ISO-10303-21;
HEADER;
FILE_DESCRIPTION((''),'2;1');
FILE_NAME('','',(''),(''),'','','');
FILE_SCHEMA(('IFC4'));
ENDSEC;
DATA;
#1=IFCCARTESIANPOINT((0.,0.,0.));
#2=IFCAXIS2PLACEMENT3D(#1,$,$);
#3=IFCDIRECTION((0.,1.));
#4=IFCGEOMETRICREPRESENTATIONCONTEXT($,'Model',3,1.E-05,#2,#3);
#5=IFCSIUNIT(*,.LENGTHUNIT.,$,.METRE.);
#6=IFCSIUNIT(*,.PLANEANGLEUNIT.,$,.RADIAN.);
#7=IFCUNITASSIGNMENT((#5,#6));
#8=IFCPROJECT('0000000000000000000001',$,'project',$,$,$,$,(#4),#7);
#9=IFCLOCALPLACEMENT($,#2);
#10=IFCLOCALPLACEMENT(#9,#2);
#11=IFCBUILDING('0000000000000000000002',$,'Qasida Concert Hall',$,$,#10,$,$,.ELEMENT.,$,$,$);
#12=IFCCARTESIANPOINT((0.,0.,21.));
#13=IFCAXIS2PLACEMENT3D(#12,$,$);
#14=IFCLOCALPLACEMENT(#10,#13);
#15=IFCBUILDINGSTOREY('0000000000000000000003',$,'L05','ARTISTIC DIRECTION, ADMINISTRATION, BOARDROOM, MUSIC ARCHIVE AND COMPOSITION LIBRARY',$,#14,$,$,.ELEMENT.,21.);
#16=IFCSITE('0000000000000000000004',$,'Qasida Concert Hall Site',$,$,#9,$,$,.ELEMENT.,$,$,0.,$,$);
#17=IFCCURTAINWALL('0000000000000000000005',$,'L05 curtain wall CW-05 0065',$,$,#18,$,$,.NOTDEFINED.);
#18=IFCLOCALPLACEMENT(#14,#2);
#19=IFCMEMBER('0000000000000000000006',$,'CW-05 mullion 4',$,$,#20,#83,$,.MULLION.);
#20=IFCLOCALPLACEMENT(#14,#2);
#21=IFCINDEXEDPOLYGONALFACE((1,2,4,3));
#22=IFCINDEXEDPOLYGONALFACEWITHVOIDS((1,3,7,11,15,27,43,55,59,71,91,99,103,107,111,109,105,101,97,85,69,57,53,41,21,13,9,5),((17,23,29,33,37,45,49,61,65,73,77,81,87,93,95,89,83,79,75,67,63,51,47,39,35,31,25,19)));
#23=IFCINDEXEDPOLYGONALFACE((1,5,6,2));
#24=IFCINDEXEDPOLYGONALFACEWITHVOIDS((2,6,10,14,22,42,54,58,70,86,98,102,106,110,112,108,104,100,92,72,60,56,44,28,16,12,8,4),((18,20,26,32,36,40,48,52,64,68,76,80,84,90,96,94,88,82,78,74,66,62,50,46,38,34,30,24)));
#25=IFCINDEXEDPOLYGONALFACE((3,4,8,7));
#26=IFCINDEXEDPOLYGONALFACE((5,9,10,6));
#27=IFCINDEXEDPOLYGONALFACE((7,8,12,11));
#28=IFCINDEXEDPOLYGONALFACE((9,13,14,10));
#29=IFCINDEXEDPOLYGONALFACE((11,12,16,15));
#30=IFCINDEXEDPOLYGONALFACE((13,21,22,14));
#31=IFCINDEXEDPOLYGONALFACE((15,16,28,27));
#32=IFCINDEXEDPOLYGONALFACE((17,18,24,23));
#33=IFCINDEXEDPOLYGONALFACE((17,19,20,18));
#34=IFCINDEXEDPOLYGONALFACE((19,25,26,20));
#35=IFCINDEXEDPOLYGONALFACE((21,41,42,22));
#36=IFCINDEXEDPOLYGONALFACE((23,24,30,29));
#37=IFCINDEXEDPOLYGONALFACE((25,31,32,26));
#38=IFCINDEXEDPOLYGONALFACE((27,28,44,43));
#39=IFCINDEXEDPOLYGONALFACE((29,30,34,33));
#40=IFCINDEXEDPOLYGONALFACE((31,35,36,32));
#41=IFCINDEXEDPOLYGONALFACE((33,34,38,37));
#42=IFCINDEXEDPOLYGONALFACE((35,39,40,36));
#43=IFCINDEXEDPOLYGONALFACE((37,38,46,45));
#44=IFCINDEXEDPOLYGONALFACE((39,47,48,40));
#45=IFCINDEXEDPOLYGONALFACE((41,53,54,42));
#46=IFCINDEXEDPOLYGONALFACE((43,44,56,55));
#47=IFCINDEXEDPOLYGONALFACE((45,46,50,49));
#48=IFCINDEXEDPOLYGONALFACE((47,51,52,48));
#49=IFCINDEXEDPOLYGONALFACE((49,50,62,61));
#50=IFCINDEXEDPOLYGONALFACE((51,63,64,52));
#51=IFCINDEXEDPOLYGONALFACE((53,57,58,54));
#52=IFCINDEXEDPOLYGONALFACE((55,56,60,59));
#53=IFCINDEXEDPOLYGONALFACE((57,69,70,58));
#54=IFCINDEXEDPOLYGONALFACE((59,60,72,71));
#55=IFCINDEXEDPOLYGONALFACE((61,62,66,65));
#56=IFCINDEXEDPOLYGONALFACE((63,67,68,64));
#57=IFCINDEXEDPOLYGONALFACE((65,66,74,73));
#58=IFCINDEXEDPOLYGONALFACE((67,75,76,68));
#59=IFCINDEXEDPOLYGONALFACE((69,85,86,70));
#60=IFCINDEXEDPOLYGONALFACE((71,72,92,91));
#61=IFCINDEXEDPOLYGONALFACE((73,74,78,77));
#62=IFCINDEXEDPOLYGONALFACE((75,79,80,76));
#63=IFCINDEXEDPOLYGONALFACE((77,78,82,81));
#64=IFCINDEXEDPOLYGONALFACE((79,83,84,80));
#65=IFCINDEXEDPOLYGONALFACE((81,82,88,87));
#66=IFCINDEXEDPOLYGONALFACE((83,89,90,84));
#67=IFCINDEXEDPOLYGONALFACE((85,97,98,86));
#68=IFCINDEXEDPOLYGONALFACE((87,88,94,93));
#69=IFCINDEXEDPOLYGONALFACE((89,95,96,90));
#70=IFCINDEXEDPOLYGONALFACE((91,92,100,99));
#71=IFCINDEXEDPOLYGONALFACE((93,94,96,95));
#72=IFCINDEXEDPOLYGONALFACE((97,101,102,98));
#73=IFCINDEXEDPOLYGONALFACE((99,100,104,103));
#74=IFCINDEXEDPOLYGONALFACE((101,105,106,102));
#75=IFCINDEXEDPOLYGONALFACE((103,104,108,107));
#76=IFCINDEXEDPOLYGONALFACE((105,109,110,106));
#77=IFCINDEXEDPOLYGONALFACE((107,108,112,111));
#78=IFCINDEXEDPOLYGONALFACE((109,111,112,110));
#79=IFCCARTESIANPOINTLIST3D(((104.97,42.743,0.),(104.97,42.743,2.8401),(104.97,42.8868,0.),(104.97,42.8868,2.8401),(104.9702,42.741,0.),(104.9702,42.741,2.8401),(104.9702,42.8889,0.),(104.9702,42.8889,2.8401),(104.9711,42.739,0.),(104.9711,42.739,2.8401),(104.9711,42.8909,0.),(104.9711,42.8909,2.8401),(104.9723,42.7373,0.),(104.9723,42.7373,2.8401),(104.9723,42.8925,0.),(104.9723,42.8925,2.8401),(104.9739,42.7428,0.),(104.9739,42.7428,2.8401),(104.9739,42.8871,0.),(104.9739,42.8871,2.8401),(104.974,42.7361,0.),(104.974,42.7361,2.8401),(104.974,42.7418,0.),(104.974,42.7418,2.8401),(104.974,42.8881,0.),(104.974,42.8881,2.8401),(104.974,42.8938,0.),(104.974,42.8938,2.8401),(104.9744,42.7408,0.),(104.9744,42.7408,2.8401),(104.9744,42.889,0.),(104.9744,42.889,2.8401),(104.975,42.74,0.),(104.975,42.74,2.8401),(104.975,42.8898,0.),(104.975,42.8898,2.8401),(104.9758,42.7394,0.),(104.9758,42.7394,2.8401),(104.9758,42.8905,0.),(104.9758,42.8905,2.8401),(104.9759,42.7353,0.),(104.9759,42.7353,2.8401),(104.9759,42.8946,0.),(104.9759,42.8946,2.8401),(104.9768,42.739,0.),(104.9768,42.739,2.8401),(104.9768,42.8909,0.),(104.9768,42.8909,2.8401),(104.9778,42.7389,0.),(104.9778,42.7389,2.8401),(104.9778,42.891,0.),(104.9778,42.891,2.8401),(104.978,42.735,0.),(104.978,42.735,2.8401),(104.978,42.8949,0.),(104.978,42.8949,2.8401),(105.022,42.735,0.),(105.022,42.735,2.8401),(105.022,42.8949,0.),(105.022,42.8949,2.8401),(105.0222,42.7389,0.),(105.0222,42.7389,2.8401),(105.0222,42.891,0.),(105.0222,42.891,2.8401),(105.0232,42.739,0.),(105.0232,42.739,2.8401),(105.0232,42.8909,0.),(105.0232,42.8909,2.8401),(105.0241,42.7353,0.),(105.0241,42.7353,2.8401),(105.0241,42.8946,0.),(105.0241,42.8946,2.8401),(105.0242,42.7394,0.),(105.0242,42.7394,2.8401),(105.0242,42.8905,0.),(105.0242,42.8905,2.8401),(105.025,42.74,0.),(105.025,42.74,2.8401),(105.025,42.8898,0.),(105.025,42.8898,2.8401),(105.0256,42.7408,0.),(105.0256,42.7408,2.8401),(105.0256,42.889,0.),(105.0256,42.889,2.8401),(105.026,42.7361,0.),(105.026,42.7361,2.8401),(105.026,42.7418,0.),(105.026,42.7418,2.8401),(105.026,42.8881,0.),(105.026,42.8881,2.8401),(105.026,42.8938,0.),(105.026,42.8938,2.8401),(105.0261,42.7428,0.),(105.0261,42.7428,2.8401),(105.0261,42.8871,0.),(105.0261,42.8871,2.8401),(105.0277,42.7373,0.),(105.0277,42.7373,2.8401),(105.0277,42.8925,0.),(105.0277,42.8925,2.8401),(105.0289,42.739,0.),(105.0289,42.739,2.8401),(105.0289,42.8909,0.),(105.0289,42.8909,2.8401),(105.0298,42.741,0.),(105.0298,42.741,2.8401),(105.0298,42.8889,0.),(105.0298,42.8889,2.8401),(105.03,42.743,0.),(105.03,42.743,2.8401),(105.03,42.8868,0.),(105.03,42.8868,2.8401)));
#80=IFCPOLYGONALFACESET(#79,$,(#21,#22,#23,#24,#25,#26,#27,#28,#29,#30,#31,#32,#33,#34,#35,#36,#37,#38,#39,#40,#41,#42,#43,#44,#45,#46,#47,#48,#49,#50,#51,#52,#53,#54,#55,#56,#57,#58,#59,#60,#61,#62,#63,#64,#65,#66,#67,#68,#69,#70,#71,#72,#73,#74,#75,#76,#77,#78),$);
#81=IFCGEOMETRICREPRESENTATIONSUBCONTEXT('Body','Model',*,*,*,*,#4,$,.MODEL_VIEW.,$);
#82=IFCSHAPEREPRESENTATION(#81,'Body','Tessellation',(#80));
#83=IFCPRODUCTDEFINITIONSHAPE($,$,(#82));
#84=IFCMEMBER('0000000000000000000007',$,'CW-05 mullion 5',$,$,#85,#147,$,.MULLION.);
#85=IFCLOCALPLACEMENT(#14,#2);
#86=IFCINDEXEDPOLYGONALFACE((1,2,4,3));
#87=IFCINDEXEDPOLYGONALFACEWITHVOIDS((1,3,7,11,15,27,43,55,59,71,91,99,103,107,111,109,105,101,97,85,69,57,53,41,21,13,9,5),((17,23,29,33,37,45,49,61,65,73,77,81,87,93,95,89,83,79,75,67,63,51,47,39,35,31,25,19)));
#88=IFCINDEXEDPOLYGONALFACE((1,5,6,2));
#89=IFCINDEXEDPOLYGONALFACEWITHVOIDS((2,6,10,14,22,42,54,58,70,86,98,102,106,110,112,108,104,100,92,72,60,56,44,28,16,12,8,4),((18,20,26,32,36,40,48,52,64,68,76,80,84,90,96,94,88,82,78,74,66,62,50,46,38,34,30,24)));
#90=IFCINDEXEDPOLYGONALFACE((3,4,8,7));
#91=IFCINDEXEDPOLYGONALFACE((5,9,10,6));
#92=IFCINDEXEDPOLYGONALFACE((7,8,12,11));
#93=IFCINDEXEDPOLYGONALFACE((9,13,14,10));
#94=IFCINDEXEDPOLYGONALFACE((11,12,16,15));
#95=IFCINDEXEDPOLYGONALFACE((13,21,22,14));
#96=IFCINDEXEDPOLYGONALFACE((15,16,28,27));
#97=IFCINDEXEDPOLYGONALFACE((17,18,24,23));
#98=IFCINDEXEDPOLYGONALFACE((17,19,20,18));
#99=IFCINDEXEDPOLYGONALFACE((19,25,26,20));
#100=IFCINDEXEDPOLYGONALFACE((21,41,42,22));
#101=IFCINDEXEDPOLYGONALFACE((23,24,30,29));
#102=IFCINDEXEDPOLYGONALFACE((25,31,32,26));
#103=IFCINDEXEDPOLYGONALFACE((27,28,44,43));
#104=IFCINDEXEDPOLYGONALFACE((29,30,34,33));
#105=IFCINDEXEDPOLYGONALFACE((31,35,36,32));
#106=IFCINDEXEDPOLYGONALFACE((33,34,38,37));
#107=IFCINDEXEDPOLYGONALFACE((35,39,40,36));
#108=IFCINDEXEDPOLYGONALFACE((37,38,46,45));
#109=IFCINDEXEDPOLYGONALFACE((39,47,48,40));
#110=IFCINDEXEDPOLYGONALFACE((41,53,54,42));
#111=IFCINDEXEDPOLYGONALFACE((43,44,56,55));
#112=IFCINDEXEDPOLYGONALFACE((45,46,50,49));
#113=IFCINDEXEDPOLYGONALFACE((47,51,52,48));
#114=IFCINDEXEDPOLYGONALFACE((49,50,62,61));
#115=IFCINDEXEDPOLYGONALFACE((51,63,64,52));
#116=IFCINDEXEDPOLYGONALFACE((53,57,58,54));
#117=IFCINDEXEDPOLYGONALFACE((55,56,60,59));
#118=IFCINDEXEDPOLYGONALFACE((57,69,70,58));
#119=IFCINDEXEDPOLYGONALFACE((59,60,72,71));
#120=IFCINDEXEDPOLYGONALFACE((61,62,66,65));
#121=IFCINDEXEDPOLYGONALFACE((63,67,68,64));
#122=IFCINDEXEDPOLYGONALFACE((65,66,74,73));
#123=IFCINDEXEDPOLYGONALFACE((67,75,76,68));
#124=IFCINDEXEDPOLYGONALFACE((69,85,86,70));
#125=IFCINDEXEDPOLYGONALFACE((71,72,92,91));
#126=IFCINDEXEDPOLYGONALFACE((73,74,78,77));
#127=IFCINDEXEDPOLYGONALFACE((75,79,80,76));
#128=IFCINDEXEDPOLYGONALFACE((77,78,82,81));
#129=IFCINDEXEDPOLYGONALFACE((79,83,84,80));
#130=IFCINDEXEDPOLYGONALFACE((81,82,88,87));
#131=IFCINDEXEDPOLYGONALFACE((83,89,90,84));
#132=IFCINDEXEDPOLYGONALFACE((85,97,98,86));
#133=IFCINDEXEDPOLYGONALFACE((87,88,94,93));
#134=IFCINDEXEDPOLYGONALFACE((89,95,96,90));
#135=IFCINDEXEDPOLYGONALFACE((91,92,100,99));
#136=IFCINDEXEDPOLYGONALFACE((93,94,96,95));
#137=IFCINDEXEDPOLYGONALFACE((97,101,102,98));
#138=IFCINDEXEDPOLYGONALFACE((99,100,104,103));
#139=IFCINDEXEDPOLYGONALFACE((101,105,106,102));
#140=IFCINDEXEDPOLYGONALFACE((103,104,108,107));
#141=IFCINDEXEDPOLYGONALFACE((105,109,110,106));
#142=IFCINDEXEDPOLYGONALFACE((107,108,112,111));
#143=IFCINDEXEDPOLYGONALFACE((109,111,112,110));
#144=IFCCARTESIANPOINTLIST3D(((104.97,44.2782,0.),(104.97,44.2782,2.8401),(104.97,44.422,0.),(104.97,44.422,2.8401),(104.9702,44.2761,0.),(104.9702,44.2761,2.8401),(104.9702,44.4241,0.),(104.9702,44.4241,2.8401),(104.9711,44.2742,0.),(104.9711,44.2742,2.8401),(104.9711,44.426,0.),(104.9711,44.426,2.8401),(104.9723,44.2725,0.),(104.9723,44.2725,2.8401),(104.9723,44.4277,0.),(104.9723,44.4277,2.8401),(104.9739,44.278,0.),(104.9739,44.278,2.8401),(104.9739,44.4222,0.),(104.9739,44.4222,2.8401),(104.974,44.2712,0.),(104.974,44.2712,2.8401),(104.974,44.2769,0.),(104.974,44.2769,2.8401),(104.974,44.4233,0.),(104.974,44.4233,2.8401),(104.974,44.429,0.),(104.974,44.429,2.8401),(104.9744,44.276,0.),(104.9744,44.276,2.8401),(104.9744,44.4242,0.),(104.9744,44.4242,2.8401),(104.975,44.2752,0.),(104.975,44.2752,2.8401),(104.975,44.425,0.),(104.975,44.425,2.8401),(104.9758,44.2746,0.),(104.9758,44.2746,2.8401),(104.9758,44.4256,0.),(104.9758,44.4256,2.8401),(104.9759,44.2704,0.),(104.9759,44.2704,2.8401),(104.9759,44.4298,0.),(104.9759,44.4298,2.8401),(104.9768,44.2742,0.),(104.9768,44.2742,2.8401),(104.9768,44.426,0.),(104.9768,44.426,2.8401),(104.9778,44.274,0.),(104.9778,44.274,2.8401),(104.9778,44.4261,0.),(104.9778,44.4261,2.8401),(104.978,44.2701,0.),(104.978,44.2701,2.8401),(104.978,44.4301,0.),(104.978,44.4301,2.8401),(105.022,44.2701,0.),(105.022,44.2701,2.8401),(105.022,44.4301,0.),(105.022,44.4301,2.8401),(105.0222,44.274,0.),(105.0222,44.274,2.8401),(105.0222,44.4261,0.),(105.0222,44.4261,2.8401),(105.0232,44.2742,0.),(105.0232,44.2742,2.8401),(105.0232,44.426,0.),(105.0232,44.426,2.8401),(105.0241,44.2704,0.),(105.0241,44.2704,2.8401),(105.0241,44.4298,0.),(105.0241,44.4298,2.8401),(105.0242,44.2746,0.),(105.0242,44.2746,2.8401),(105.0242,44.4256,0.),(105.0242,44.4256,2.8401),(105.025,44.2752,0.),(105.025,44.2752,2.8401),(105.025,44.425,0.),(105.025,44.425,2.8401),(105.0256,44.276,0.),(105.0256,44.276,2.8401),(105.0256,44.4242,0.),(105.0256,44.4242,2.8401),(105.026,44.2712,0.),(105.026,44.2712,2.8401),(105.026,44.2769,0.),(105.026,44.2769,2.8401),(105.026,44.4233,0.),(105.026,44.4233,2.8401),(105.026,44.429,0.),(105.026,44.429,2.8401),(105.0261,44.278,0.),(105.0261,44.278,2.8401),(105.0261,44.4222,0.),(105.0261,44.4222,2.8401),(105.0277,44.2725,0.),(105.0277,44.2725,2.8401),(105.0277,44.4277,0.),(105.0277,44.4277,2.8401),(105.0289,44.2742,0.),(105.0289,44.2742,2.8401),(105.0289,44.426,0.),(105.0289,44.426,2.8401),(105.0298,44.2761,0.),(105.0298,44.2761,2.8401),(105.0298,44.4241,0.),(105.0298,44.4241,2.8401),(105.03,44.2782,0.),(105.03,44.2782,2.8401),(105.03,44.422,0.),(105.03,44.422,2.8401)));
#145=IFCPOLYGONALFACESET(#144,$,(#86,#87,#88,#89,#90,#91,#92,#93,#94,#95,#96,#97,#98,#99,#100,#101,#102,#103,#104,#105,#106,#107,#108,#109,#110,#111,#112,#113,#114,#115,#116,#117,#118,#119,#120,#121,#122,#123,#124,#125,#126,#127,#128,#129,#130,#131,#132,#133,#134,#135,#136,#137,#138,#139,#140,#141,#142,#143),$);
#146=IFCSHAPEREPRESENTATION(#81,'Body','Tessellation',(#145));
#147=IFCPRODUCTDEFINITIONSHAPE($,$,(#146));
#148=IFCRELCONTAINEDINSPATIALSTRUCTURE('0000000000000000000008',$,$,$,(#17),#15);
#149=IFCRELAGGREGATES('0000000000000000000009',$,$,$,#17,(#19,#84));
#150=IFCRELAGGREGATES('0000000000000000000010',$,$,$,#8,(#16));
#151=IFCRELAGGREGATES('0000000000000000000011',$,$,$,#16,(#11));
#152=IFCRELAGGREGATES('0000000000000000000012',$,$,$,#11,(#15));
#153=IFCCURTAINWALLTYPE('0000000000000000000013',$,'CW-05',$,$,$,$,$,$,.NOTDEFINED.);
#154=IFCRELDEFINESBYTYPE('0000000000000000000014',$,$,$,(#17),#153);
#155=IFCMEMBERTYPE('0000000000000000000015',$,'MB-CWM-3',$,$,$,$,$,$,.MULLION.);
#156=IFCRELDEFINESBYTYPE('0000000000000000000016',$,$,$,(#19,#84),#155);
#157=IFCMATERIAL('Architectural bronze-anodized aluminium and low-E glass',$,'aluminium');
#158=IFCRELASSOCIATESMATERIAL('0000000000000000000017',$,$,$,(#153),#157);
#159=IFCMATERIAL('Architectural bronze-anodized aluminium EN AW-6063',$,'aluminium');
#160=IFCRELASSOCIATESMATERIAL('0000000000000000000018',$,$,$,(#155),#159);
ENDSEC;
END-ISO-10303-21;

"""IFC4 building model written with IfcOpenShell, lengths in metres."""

from ifc_helpers import new_model, si_unit, direction, frame, origin, origin_2d, place, context, subcontext, project, spatial, hollow_rectangle, extrude, material, material_profile, profile_set, type_object, element, aggregate, save


model = new_model("IFC4")

# Units and contexts
model_context = context("Model", 3, precision=1e-05, world=origin(), true_north=direction((0.0, 1.0)))
body_context = subcontext(model_context, "Body", "Model", "MODEL_VIEW")
ifc_project = project(units=[si_unit("LENGTHUNIT", "METRE"), si_unit("PLANEANGLEUNIT", "RADIAN")], contexts=[model_context])

# Site, building, storey
site_placement = place(None, origin())
site = spatial("IfcSite", under=ifc_project, at=site_placement, Name="Qasida Concert Hall Site", CompositionType="ELEMENT", RefElevation=0.0)
building_placement = place(site_placement, origin())
building = spatial("IfcBuilding", under=site, at=building_placement, Name="Qasida Concert Hall", CompositionType="ELEMENT")
storey_placement = place(building_placement, frame((0.0, 0.0, 21.0)))
storey = spatial("IfcBuildingStorey", under=building, at=storey_placement, Name="L05", Description="ARTISTIC DIRECTION, ADMINISTRATION, BOARDROOM, MUSIC ARCHIVE AND COMPOSITION LIBRARY", CompositionType="ELEMENT", Elevation=21.0)

# Curtain wall, members
ifc_material_1 = material(Name="Architectural bronze-anodized aluminium and low-E glass", Category="aluminium")
curtain_wall_type = type_object("IfcCurtainWallType", Name="CW-05", PredefinedType="NOTDEFINED", material=ifc_material_1)
curtain_wall_placement = place(storey_placement, origin())
curtain_wall = element("IfcCurtainWall", 1, at=curtain_wall_placement, inside=storey, type_object=curtain_wall_type, Name="L05 curtain wall CW-05 0065", PredefinedType="NOTDEFINED")
ifc_material_2 = material(Name="Architectural bronze-anodized aluminium EN AW-6063", Category="aluminium")
ifc_material_profile_1 = material_profile(ifc_material_2, hollow_rectangle(XDim=0.0601, YDim=0.1599, WallThickness=0.0039, InnerFilletRadius=0.0039, OuterFilletRadius=0.0081, at=origin_2d()), Name="CWM 160x60x4")
ifc_profile_set_1 = profile_set([ifc_material_profile_1], Name="Architectural bronze-anodized aluminium EN AW-6063")
member_type_1 = type_object("IfcMemberType", Name="MB-CWM-3", PredefinedType="MULLION", material=ifc_profile_set_1)
member_1_placement = place(storey_placement, frame((105.0, 42.8149, 0.0), z_axis=(0.0, 0.0, 1.0), x_axis=(-1.0, 0.0, 0.0)))
member_1 = element("IfcMember", 2, at=member_1_placement, type_object=member_type_1, Name="CW-05 mullion 4", PredefinedType="MULLION", context=body_context, shape_type="SweptSolid", body=[
    extrude(hollow_rectangle(XDim=0.0601, YDim=0.1599, WallThickness=0.0039, InnerFilletRadius=0.0039, OuterFilletRadius=0.0081, at=origin_2d()), origin(), (0.0, 0.0, 1.0), 2.8401),
])
member_2_placement = place(storey_placement, frame((105.0, 44.3501, 0.0), z_axis=(0.0, 0.0, 1.0), x_axis=(-1.0, 0.0, 0.0)))
member_2 = element("IfcMember", 3, at=member_2_placement, type_object=member_type_1, Name="CW-05 mullion 5", PredefinedType="MULLION", context=body_context, shape_type="SweptSolid", body=[
    extrude(hollow_rectangle(XDim=0.0601, YDim=0.1599, WallThickness=0.0039, InnerFilletRadius=0.0039, OuterFilletRadius=0.0081, at=origin_2d()), origin(), (0.0, 0.0, 1.0), 2.8401),
])
aggregate(curtain_wall, [member_1, member_2])

save(model, "model.ifc")
